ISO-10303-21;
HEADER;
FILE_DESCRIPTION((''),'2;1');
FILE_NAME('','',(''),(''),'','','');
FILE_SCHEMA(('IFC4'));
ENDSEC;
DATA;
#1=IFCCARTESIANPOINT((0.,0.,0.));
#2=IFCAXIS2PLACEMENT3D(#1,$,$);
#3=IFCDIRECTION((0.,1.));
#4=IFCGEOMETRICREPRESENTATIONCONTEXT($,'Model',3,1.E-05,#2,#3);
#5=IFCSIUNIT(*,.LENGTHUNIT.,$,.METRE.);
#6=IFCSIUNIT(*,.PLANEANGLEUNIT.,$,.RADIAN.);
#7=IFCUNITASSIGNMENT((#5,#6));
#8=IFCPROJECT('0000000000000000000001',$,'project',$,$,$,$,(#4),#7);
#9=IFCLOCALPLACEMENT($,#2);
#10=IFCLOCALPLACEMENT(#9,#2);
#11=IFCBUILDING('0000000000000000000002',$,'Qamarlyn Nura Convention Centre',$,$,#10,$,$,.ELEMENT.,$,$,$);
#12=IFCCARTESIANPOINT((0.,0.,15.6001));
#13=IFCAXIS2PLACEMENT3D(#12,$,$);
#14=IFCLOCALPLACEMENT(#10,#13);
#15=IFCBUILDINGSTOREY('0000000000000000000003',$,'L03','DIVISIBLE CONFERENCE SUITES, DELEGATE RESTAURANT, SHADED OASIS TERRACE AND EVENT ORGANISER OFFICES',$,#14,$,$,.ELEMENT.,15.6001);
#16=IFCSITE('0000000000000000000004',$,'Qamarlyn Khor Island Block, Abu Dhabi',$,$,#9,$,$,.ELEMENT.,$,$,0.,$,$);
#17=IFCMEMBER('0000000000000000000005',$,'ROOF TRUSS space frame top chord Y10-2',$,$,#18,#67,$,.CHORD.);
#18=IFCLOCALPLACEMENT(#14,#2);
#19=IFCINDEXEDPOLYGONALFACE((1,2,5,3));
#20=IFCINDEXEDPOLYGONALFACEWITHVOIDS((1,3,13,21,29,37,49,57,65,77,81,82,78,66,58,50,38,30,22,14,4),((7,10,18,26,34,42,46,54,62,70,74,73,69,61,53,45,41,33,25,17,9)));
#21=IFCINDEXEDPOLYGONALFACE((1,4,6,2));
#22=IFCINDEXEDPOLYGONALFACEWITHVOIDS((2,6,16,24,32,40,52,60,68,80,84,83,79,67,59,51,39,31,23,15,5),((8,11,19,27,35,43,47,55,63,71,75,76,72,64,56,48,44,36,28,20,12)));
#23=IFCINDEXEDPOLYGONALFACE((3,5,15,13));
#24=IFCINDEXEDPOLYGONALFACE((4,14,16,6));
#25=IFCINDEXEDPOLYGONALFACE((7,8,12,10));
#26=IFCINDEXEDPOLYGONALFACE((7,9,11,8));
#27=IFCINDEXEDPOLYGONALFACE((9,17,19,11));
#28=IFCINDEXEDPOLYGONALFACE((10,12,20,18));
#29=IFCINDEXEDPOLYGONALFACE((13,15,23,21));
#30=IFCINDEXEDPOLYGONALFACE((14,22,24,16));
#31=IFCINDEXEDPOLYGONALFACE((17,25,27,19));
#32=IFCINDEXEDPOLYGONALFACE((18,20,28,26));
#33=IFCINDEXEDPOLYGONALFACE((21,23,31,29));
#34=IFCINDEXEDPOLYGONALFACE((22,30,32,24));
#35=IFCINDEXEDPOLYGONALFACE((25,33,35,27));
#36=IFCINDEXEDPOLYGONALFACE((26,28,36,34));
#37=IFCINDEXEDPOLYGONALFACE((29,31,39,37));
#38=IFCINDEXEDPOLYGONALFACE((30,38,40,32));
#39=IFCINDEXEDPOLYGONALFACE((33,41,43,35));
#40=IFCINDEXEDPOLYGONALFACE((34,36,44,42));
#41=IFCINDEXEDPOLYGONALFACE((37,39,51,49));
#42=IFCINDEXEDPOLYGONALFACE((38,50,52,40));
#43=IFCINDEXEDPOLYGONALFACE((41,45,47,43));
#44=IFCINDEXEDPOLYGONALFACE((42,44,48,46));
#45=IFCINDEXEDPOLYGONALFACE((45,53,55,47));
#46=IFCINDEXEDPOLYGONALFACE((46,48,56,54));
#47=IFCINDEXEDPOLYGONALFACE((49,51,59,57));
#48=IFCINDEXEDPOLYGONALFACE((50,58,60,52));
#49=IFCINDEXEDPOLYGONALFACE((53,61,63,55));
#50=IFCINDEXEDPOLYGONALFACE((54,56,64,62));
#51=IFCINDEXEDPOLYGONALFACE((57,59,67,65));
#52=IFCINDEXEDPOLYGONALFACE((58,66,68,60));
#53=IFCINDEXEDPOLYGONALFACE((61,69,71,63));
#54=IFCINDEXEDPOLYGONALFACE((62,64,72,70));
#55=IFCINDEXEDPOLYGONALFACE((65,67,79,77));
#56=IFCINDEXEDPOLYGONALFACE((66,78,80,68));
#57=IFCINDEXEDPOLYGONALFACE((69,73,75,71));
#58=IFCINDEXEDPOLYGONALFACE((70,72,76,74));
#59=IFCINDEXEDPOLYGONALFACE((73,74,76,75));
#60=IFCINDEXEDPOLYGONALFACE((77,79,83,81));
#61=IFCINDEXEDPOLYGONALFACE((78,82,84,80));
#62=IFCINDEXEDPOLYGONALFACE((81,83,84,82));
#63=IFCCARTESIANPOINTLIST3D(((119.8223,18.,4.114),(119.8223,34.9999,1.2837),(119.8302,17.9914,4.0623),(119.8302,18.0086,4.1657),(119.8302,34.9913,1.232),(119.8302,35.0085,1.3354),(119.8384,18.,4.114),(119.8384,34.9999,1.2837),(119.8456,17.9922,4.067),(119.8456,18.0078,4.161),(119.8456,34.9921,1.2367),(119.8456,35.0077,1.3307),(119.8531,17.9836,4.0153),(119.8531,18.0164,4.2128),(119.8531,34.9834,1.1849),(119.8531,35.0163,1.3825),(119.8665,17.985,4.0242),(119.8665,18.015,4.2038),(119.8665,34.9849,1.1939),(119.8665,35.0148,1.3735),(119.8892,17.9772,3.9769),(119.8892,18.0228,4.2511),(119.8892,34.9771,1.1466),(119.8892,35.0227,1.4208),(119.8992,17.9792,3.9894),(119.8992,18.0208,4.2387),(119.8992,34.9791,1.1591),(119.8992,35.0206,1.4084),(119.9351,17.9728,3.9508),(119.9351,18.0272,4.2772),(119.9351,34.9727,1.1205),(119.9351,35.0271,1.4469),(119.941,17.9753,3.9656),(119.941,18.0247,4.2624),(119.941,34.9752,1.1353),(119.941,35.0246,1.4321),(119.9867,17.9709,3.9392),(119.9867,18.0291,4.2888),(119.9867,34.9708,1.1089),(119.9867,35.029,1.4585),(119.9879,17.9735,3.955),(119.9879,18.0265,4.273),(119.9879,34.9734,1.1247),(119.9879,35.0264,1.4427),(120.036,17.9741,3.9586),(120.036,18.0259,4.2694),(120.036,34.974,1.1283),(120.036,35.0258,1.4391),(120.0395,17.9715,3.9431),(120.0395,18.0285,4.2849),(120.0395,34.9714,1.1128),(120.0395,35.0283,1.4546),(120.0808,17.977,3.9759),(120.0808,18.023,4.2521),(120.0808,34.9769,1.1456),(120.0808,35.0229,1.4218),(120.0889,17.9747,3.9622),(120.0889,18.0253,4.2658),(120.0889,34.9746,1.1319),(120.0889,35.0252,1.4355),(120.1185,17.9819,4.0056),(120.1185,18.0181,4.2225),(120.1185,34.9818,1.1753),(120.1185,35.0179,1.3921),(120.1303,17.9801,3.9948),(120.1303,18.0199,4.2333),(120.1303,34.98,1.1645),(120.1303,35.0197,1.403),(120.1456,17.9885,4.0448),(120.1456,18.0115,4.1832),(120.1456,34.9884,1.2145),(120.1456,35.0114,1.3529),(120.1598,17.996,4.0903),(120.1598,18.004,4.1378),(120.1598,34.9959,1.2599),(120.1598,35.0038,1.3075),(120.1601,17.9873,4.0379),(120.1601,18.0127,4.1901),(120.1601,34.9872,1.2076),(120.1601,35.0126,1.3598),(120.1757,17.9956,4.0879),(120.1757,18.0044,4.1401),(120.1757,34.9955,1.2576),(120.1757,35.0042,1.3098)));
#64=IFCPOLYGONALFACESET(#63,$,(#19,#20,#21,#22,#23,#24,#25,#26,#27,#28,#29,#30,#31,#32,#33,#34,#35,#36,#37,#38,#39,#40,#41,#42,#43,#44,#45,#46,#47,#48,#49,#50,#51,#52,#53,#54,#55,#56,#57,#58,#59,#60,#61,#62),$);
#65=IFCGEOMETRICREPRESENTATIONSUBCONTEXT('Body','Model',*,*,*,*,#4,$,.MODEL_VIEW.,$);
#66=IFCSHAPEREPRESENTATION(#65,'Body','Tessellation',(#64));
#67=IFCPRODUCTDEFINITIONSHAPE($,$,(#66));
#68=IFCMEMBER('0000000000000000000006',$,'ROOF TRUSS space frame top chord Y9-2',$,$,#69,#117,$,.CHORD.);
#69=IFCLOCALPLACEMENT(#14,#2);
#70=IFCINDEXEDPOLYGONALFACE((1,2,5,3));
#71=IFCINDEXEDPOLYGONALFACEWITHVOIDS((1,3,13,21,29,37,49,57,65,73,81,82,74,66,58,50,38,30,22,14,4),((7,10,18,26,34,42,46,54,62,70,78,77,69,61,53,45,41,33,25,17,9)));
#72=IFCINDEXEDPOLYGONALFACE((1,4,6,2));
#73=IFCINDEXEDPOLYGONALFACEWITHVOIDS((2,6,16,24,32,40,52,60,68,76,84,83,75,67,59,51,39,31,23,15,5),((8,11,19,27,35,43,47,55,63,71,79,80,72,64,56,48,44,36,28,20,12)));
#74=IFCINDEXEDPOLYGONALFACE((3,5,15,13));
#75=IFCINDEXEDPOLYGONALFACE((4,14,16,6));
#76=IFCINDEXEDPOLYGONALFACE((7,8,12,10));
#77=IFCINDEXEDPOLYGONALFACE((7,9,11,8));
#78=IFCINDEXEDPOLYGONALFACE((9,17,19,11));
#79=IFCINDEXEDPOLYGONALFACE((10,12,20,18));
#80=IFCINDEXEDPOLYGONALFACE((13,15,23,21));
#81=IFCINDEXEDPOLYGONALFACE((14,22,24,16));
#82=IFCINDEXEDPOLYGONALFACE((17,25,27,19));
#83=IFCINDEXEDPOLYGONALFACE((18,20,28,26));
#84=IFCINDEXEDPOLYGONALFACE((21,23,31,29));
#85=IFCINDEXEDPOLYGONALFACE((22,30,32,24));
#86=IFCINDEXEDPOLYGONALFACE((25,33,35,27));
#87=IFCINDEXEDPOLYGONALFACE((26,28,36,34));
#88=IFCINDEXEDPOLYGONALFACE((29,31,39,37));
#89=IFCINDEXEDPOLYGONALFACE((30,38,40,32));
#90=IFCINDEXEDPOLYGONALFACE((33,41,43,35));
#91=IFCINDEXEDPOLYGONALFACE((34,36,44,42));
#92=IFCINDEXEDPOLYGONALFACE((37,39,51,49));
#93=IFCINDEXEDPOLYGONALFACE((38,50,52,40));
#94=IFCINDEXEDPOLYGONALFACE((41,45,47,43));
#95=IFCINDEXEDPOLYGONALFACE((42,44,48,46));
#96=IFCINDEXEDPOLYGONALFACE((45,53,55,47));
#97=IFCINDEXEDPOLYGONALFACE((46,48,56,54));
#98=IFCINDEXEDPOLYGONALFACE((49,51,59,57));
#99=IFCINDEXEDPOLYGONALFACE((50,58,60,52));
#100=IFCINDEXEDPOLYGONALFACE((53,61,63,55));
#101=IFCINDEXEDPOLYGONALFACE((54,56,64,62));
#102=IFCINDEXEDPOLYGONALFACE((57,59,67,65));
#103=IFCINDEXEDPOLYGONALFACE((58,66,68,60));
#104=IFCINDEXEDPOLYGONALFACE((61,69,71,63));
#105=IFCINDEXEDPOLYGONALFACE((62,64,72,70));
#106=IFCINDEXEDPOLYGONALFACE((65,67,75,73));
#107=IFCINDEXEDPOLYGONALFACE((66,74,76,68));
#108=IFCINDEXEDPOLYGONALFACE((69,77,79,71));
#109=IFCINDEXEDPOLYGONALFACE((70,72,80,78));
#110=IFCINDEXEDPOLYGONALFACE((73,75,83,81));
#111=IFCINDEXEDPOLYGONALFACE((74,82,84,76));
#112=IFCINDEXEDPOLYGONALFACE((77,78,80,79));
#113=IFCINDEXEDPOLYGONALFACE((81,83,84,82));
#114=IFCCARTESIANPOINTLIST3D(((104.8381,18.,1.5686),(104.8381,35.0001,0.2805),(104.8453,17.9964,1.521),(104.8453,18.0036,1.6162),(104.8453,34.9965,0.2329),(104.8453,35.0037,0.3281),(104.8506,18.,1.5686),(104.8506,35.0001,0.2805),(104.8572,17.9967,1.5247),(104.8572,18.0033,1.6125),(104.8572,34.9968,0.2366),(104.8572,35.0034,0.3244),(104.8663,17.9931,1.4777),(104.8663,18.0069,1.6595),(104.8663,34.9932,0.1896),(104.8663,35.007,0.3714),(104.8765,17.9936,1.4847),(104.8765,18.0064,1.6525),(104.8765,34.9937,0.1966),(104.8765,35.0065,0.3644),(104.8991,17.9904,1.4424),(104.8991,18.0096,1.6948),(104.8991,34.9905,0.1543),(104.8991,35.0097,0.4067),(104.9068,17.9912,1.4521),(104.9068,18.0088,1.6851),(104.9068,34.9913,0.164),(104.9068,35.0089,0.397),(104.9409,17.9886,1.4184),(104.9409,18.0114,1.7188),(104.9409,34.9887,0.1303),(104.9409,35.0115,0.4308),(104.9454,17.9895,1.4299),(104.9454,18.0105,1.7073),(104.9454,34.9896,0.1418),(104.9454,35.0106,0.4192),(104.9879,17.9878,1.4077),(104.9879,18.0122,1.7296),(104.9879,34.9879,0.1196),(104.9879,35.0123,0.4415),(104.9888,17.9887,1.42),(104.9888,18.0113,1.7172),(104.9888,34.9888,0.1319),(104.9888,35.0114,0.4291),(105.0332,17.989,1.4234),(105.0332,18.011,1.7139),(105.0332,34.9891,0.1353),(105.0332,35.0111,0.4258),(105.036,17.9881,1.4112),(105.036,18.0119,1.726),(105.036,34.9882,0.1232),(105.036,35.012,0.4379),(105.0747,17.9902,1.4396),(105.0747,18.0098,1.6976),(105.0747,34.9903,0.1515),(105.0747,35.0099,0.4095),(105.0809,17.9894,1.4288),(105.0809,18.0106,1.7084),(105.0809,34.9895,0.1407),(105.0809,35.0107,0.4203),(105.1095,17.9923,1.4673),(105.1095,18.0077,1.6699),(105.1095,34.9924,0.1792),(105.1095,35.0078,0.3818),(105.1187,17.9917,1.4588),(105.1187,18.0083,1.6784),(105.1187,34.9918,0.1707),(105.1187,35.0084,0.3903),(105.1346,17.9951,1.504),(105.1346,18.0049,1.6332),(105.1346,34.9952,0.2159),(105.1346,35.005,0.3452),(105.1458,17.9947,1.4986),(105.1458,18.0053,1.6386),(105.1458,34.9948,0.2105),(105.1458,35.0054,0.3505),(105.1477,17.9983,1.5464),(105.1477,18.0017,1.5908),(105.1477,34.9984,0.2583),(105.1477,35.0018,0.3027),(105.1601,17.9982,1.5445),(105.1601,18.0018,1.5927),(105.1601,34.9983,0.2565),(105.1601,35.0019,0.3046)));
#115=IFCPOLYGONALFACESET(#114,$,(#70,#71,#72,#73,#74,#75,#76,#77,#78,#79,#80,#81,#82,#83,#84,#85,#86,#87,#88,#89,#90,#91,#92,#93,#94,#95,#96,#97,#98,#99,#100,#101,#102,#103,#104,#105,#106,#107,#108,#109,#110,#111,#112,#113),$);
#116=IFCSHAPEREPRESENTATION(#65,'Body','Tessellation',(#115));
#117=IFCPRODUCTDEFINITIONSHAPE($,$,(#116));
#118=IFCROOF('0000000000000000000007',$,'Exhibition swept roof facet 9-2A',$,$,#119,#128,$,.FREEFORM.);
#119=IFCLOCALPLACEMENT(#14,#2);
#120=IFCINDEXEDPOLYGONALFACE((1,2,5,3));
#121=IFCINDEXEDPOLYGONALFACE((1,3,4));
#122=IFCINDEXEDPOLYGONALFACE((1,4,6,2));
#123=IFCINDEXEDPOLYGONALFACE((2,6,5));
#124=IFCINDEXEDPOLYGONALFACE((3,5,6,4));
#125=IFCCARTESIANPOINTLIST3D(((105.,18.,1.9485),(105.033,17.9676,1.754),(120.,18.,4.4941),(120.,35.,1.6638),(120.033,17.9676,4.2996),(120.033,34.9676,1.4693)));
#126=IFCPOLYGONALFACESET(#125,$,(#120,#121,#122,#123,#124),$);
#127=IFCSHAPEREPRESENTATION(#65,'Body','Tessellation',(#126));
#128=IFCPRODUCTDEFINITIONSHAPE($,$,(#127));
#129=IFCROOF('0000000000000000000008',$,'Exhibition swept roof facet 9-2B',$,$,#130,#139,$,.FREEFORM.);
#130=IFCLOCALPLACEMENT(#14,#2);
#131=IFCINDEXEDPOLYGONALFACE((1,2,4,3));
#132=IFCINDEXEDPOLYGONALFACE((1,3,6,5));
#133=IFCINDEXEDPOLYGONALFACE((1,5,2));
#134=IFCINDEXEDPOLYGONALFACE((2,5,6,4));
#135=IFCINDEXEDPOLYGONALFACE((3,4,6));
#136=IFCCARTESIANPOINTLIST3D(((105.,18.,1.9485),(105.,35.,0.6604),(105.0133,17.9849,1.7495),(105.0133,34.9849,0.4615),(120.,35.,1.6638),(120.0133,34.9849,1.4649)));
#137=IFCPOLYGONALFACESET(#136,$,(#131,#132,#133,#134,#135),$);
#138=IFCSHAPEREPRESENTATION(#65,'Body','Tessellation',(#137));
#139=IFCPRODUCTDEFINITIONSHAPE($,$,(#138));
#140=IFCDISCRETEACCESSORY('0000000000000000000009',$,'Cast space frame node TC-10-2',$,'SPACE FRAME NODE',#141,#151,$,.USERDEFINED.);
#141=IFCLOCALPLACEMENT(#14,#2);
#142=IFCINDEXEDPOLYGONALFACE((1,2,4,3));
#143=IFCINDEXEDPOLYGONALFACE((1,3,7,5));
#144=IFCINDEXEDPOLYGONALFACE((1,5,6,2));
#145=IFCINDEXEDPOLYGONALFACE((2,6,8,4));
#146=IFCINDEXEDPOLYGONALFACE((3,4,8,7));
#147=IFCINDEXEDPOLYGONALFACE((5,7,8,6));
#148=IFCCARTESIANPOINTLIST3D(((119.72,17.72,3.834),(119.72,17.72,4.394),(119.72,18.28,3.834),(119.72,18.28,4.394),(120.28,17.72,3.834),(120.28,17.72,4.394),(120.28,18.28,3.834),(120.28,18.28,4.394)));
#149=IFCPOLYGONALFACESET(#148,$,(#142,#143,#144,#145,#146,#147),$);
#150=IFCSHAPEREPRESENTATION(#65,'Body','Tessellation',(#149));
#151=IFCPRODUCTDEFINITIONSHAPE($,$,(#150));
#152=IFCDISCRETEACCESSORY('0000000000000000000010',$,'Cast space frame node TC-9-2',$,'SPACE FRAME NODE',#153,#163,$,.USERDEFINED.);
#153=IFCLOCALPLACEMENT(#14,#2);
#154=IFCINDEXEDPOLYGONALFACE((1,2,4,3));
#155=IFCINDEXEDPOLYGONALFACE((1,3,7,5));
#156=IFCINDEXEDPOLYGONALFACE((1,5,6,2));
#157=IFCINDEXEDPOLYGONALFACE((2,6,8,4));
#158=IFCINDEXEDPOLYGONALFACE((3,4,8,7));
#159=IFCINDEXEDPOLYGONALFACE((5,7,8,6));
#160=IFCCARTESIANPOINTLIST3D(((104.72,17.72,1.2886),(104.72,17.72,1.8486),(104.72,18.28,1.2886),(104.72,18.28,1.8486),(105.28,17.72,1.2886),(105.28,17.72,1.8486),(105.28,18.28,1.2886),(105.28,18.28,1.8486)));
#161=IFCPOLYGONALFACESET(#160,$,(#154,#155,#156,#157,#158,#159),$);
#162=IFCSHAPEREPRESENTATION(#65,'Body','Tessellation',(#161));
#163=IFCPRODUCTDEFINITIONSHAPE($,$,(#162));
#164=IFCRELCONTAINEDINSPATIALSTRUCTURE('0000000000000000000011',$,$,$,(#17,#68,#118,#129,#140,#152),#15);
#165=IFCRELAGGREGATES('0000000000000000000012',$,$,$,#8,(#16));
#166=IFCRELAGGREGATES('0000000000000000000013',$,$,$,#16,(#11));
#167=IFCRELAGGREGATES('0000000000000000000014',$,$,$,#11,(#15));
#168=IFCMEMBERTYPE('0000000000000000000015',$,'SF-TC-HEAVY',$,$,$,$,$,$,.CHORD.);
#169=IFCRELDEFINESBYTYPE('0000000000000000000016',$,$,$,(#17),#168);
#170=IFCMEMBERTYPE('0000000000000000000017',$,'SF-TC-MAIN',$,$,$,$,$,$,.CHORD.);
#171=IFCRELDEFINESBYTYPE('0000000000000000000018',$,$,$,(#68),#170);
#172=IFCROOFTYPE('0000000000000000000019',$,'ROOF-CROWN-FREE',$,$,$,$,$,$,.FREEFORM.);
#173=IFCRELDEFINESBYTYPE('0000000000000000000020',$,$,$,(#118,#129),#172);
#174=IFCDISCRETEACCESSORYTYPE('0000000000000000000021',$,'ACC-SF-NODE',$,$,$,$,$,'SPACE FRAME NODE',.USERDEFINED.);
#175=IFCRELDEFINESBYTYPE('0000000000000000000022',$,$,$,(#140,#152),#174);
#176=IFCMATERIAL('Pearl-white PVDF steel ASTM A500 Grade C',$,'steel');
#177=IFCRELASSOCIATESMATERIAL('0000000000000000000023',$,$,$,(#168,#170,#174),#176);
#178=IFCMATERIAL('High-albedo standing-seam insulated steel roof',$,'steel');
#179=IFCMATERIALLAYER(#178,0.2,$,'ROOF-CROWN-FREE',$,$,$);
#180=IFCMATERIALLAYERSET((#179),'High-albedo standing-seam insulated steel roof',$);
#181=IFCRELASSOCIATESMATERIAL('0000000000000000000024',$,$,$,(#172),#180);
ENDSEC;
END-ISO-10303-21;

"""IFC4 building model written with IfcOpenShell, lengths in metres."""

from ifc_helpers import new_model, si_unit, direction, frame, origin, origin_2d, place, context, subcontext, project, spatial, polyline, rectangle, hollow_circle, outline, extrude, material, layer, layer_set, material_profile, profile_set, type_object, element, save


model = new_model("IFC4")

# Units and contexts
model_context = context("Model", 3, precision=1e-05, world=origin(), true_north=direction((0.0, 1.0)))
body_context = subcontext(model_context, "Body", "Model", "MODEL_VIEW")
ifc_project = project(units=[si_unit("LENGTHUNIT", "METRE"), si_unit("PLANEANGLEUNIT", "RADIAN")], contexts=[model_context])

# Site, building, storey
site_placement = place(None, origin())
site = spatial("IfcSite", under=ifc_project, at=site_placement, Name="Qamarlyn Khor Island Block, Abu Dhabi", CompositionType="ELEMENT", RefElevation=0.0)
building_placement = place(site_placement, origin())
building = spatial("IfcBuilding", under=site, at=building_placement, Name="Qamarlyn Nura Convention Centre", CompositionType="ELEMENT")
storey_placement = place(building_placement, frame((0.0, 0.0, 15.6001)))
storey = spatial("IfcBuildingStorey", under=building, at=storey_placement, Name="L03", Description="DIVISIBLE CONFERENCE SUITES, DELEGATE RESTAURANT, SHADED OASIS TERRACE AND EVENT ORGANISER OFFICES", CompositionType="ELEMENT", Elevation=15.6001)

# Members
ifc_material_1 = material(Name="Pearl-white PVDF steel ASTM A500 Grade C", Category="steel")
ifc_material_profile_1 = material_profile(ifc_material_1, hollow_circle(Radius=0.1777, WallThickness=0.0161, at=origin_2d()), Name="CHS355.6X16")
ifc_profile_set_1 = profile_set([ifc_material_profile_1], Name="Pearl-white PVDF steel ASTM A500 Grade C")
member_type_1 = type_object("IfcMemberType", Name="SF-TC-HEAVY", PredefinedType="CHORD", material=ifc_profile_set_1)
member_1_placement = place(storey_placement, frame((120.0, 18.0, 4.114), z_axis=(0.0, 0.986422, -0.164229), x_axis=(-1.0, 0.0, 0.0)))
element("IfcMember", 1, at=member_1_placement, inside=storey, type_object=member_type_1, Name="ROOF TRUSS space frame top chord Y10-2", PredefinedType="CHORD", context=body_context, shape_type="SweptSolid", body=[
    extrude(hollow_circle(Radius=0.1777, WallThickness=0.0161, at=origin_2d()), origin(), (0.0, 0.0, 1.0), 17.2339),
])
ifc_material_profile_2 = material_profile(ifc_material_1, hollow_circle(Radius=0.1619, WallThickness=0.0125, at=origin_2d()), Name="CHS323.9X12.5")
ifc_profile_set_2 = profile_set([ifc_material_profile_2], Name="Pearl-white PVDF steel ASTM A500 Grade C")
member_type_2 = type_object("IfcMemberType", Name="SF-TC-MAIN", PredefinedType="CHORD", material=ifc_profile_set_2)
member_2_placement = place(storey_placement, frame((105.0, 18.0, 1.5686), z_axis=(0.0, 0.997142, -0.075553), x_axis=(-1.0, 0.0, 0.0)))
element("IfcMember", 2, at=member_2_placement, inside=storey, type_object=member_type_2, Name="ROOF TRUSS space frame top chord Y9-2", PredefinedType="CHORD", context=body_context, shape_type="SweptSolid", body=[
    extrude(hollow_circle(Radius=0.1619, WallThickness=0.0125, at=origin_2d()), origin(), (0.0, 0.0, 1.0), 17.0488),
])

# Roofs
ifc_material_2 = material(Name="High-albedo standing-seam insulated steel roof", Category="steel")
ifc_layer = layer(ifc_material_2, 0.2, Name="ROOF-CROWN-FREE")
ifc_layer_set = layer_set([ifc_layer], Name="High-albedo standing-seam insulated steel roof")
roof_type = type_object("IfcRoofType", Name="ROOF-CROWN-FREE", PredefinedType="FREEFORM", material=ifc_layer_set)
roof_1_placement = place(storey_placement, frame((105.0, 18.0, 1.9485), z_axis=(-0.165108, 0.161975, 0.972884), x_axis=(0.985903, 0.0, 0.167318)))
element("IfcRoof", 3, at=roof_1_placement, inside=storey, type_object=roof_type, Name="Exhibition swept roof facet 9-2A", PredefinedType="FREEFORM", context=body_context, shape_type="SweptSolid", body=[
    extrude(outline(polyline([(0.0, 0.0), (15.2145, 0.0), (14.7409, 17.2275), (0.0, 0.0)])), origin(), (0.0, 0.0, -1.0), 0.2),
])
roof_2_placement = place(storey_placement, frame((105.0, 18.0, 1.9485), z_axis=(-0.066555, 0.075386, 0.994931), x_axis=(0.661569, 0.749779, -0.012555)))
element("IfcRoof", 4, at=roof_2_placement, inside=storey, type_object=roof_type, Name="Exhibition swept roof facet 9-2B", PredefinedType="FREEFORM", context=body_context, shape_type="SweptSolid", body=[
    extrude(outline(polyline([(0.0, 0.0), (22.6734, 0.0), (12.7624, 11.304), (0.0, 0.0)])), origin(), (0.0, 0.0, -1.0), 0.2),
])

# Discrete accessories
discrete_accessory_type = type_object("IfcDiscreteAccessoryType", Name="ACC-SF-NODE", ElementType="SPACE FRAME NODE", PredefinedType="USERDEFINED", material=ifc_material_1)
for number, where, z_axis, x_axis, name in (
    (5, (120.0, 18.0, 3.834), (0.0, 0.0, 1.0), (1.0, 0.0, 0.0), "Cast space frame node TC-10-2"),
    (6, (105.0, 18.0, 1.2886), (0.0, 0.0, 1.0), (1.0, 0.0, 0.0), "Cast space frame node TC-9-2"),
):
    element("IfcDiscreteAccessory", number, at=place(storey_placement, frame(where, z_axis=z_axis, x_axis=x_axis)), inside=storey, type_object=discrete_accessory_type, Name=name, ObjectType="SPACE FRAME NODE", PredefinedType="USERDEFINED", context=body_context, shape_type="SweptSolid", body=[
        extrude(rectangle(XDim=0.5601, YDim=0.5601, at=origin_2d()), origin(), (0.0, 0.0, 1.0), 0.5601),
    ])

save(model, "model.ifc")
